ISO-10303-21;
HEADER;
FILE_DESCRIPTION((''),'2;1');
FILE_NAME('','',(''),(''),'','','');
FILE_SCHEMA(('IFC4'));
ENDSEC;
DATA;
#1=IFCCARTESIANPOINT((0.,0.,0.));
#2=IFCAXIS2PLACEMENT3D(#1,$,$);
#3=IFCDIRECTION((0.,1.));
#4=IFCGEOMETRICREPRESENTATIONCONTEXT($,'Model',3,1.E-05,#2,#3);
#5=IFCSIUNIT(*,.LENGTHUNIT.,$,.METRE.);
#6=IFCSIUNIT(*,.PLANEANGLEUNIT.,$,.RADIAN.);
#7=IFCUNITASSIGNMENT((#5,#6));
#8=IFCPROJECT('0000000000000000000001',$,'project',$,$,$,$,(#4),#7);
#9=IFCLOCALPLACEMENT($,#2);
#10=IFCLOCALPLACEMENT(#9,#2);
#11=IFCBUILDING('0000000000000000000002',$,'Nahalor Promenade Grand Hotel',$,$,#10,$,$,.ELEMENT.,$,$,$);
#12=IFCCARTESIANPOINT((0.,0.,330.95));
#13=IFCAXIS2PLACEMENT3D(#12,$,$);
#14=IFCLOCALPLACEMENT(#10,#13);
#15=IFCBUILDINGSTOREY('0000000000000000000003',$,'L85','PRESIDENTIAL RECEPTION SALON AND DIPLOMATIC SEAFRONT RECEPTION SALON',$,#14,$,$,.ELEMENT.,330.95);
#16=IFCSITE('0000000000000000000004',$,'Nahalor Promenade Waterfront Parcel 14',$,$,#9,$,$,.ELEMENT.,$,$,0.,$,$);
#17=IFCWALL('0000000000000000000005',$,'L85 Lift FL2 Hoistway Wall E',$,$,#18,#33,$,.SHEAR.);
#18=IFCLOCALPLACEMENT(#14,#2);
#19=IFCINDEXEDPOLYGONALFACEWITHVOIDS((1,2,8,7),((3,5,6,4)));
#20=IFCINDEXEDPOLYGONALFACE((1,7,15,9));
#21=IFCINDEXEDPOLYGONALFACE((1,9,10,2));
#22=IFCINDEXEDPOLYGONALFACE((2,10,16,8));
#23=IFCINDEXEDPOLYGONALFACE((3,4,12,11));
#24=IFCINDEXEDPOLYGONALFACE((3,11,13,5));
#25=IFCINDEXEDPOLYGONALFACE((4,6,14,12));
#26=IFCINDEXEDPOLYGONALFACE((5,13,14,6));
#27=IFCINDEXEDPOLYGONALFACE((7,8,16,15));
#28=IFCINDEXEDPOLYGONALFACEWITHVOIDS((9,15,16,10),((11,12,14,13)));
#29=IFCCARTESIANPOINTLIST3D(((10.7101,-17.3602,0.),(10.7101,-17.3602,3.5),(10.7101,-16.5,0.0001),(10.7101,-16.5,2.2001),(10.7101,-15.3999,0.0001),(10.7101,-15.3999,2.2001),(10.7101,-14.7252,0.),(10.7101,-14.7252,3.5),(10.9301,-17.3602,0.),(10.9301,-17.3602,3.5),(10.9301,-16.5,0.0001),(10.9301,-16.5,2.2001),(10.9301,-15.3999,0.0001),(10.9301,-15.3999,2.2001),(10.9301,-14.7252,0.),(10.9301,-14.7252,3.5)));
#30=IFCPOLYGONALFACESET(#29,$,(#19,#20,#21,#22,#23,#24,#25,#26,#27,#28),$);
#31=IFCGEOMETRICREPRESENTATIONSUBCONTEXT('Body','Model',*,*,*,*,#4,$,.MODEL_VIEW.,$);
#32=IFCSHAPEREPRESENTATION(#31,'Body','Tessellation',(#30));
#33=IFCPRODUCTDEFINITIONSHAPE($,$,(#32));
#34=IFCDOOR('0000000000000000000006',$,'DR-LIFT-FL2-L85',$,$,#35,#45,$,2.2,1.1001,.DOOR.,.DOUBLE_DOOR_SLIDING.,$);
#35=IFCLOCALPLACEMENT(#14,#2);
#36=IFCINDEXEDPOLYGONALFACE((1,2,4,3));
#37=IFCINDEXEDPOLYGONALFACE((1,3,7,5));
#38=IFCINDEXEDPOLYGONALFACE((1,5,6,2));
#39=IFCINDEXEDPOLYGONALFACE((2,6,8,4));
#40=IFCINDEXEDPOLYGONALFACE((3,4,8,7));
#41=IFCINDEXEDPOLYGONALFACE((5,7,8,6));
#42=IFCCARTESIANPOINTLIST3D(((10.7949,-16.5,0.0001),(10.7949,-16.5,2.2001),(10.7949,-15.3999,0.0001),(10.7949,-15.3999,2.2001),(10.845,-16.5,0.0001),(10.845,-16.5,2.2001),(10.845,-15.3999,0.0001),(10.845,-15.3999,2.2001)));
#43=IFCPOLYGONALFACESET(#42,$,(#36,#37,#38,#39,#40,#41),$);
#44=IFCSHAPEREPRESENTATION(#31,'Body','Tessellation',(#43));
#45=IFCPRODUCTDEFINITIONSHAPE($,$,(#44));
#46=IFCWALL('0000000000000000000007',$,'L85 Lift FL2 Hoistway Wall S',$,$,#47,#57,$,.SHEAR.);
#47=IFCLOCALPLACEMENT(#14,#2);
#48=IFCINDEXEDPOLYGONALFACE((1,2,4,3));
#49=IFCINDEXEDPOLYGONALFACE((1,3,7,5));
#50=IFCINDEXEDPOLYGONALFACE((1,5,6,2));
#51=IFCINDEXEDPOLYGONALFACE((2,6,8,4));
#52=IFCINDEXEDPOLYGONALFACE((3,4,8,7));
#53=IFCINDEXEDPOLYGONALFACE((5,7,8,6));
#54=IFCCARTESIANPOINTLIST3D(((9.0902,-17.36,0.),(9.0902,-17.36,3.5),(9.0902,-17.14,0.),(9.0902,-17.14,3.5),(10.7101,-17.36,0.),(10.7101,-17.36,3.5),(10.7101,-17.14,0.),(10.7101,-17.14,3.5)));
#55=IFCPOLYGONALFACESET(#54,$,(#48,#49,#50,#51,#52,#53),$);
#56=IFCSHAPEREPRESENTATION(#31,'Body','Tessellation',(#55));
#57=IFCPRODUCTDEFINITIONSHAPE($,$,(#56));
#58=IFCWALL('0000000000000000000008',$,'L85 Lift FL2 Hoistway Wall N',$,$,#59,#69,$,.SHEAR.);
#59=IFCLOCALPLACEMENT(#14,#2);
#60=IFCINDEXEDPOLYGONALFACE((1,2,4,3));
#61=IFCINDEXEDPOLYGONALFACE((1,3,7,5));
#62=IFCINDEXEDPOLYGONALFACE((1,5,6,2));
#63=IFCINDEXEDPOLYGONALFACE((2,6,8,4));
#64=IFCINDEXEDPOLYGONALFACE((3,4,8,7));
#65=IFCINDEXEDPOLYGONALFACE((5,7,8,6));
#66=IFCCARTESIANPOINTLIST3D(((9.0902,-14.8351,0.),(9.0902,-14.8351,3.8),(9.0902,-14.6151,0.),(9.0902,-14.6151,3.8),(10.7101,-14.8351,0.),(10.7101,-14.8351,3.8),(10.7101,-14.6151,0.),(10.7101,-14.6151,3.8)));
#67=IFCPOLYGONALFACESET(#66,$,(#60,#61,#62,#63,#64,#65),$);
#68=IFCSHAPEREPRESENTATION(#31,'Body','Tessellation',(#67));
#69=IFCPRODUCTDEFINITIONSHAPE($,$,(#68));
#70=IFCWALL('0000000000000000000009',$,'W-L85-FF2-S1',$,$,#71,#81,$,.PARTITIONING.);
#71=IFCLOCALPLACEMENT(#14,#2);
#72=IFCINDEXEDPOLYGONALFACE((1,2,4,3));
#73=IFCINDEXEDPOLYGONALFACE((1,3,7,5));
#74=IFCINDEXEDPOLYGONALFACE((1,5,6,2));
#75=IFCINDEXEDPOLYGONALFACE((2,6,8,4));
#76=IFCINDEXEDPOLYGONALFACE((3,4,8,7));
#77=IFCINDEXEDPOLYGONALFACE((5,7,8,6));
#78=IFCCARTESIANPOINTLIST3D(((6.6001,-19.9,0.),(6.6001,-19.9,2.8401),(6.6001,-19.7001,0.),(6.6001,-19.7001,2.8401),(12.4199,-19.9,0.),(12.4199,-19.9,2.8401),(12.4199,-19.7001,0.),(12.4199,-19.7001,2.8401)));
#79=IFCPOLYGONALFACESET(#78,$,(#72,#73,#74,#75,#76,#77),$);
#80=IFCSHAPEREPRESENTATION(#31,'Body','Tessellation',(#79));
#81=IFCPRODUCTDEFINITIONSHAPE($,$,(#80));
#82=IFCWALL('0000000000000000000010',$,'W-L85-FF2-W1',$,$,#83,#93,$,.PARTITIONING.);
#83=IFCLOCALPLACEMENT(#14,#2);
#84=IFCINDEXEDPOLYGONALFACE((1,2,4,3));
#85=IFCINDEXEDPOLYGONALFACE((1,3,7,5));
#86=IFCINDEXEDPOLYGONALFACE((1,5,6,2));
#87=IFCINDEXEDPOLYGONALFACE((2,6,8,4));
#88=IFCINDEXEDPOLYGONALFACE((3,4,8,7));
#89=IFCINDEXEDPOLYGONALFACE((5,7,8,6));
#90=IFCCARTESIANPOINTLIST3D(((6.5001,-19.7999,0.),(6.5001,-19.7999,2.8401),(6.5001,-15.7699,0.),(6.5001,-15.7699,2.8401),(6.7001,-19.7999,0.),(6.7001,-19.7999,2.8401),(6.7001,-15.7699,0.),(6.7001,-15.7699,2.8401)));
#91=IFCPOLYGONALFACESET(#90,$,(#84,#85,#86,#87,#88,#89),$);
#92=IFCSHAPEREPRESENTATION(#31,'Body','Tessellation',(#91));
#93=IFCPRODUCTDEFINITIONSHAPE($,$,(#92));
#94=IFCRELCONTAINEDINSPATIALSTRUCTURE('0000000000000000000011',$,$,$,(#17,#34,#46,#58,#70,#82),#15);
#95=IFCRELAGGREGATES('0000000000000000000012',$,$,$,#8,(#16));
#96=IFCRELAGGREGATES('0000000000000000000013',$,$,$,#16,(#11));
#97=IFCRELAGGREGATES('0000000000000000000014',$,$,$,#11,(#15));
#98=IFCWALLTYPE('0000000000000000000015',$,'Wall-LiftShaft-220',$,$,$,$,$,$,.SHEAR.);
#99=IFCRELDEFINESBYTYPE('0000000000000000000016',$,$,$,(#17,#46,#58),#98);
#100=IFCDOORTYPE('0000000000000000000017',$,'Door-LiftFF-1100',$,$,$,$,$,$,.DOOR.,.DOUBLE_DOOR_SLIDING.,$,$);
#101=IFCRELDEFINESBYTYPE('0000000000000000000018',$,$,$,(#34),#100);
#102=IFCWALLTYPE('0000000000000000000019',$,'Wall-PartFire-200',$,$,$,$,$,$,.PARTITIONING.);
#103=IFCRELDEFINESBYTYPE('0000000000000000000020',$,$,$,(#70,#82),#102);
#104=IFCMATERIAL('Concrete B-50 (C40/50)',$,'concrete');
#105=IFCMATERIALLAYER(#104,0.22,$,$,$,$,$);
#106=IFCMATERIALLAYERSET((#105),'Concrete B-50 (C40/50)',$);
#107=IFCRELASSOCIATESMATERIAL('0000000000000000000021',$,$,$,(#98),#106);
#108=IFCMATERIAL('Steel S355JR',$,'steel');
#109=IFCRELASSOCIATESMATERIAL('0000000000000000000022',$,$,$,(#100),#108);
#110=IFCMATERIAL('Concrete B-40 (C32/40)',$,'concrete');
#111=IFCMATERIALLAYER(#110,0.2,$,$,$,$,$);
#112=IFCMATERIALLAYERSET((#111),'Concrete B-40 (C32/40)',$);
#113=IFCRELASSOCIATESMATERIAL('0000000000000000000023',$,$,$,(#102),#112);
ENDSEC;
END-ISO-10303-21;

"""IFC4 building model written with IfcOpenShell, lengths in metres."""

from ifc_helpers import new_model, si_unit, direction, frame, frame_2d, origin, place, context, subcontext, project, spatial, rectangle, extrude, source, transform, mapped, material, layer, layer_set, type_object, element, fill, save


model = new_model("IFC4")

# Units and contexts
model_context = context("Model", 3, precision=1e-05, world=origin(), true_north=direction((0.0, 1.0)))
body_context = subcontext(model_context, "Body", "Model", "MODEL_VIEW")
ifc_project = project(units=[si_unit("LENGTHUNIT", "METRE"), si_unit("PLANEANGLEUNIT", "RADIAN")], contexts=[model_context])

# Site, building, storey
site_placement = place(None, origin())
site = spatial("IfcSite", under=ifc_project, at=site_placement, Name="Nahalor Promenade Waterfront Parcel 14", CompositionType="ELEMENT", RefElevation=0.0)
building_placement = place(site_placement, origin())
building = spatial("IfcBuilding", under=site, at=building_placement, Name="Nahalor Promenade Grand Hotel", CompositionType="ELEMENT")
storey_placement = place(building_placement, frame((0.0, 0.0, 330.95)))
storey = spatial("IfcBuildingStorey", under=building, at=storey_placement, Name="L85", Description="PRESIDENTIAL RECEPTION SALON AND DIPLOMATIC SEAFRONT RECEPTION SALON", CompositionType="ELEMENT", Elevation=330.95)

# Shared definitions
ifc_material_1 = material(Name="Concrete B-50 (C40/50)", Category="concrete")
ifc_material_2 = material(Name="Steel S355JR", Category="steel")

# Shared definitions
ifc_layer_1 = layer(ifc_material_1, 0.22)
ifc_layer_set_1 = layer_set([ifc_layer_1], Name="Concrete B-50 (C40/50)")
wall_type_1 = type_object("IfcWallType", Name="Wall-LiftShaft-220", PredefinedType="SHEAR", material=ifc_layer_set_1)

# Shared definitions
shared_shape_1 = source(origin(), body_context, "Body", "SweptSolid", [
    extrude(rectangle(XDim=2.635, YDim=0.22, at=frame_2d((1.3174, 0.0))), origin(), (0.0, 0.0, 1.0), 3.5),
])

# Wall, opening, door
wall_1_placement = place(storey_placement, frame((10.8201, -17.3601, 0.0), z_axis=(0.0, 0.0, 1.0), x_axis=(0.0, 1.0, 0.0)))
wall_1 = element("IfcWall", 1, at=wall_1_placement, inside=storey, type_object=wall_type_1, Name="L85 Lift FL2 Hoistway Wall E", PredefinedType="SHEAR", context=body_context, shape_type="MappedRepresentation", body=[
    mapped(shared_shape_1, transform((0.0, 0.0, 0.0), scale=1.0)),
])
opening_1_placement = place(wall_1_placement, frame((0.8601, 0.0, 0.0)))
opening_1 = element("IfcOpeningElement", 2, at=opening_1_placement, cuts=wall_1, PredefinedType="OPENING", context=body_context, shape_type="SweptSolid", body=[
    extrude(rectangle(XDim=1.1001, YDim=2.2, at=frame_2d((0.55, 1.1001))), frame((0.0, 0.1199, 0.0), z_axis=(0.0, -1.0, 0.0), x_axis=(1.0, 0.0, 0.0)), (0.0, 0.0, 1.0), 0.24),
])
door_type_1 = type_object("IfcDoorType", Name="Door-LiftFF-1100", OperationType="DOUBLE_DOOR_SLIDING", PredefinedType="DOOR", material=ifc_material_2)
shared_shape_2 = source(origin(), body_context, "Body", "SweptSolid", [
    extrude(rectangle(XDim=1.1001, YDim=2.2, at=frame_2d((0.55, 1.1001))), frame((0.0, 0.0249, 0.0), z_axis=(0.0, -1.0, 0.0), x_axis=(1.0, 0.0, 0.0)), (0.0, 0.0, 1.0), 0.05),
])
door_1_placement = place(opening_1_placement, frame((1.1001, 0.0, 0.0), z_axis=(0.0, 0.0, 1.0), x_axis=(-1.0, 0.0, 0.0)))
door_1 = element("IfcDoor", 3, at=door_1_placement, inside=storey, type_object=door_type_1, Name="DR-LIFT-FL2-L85", OperationType="DOUBLE_DOOR_SLIDING", OverallHeight=2.2, OverallWidth=1.1001, PredefinedType="DOOR", context=body_context, shape_type="MappedRepresentation", body=[
    mapped(shared_shape_2, transform((0.0, 0.0, 0.0), scale=1.0)),
])
fill(opening_1, door_1)

# Walls
shared_shape_3 = source(origin(), body_context, "Body", "SweptSolid", [
    extrude(rectangle(XDim=1.6199, YDim=0.22, at=frame_2d((0.8101, 0.0))), origin(), (0.0, 0.0, 1.0), 3.5),
])
wall_2_placement = place(storey_placement, frame((9.0901, -17.25, 0.0), z_axis=(0.0, 0.0, 1.0), x_axis=(1.0, 0.0, 0.0)))
element("IfcWall", 4, at=wall_2_placement, inside=storey, type_object=wall_type_1, Name="L85 Lift FL2 Hoistway Wall S", PredefinedType="SHEAR", context=body_context, shape_type="MappedRepresentation", body=[
    mapped(shared_shape_3, transform((0.0, 0.0, 0.0), scale=1.0)),
])
shared_shape_4 = source(origin(), body_context, "Body", "SweptSolid", [
    extrude(rectangle(XDim=1.6199, YDim=0.22, at=frame_2d((0.8101, 0.0))), origin(), (0.0, 0.0, 1.0), 3.8),
])
wall_3_placement = place(storey_placement, frame((9.0901, -14.7251, 0.0), z_axis=(0.0, 0.0, 1.0), x_axis=(1.0, 0.0, 0.0)))
element("IfcWall", 5, at=wall_3_placement, inside=storey, type_object=wall_type_1, Name="L85 Lift FL2 Hoistway Wall N", PredefinedType="SHEAR", context=body_context, shape_type="MappedRepresentation", body=[
    mapped(shared_shape_4, transform((0.0, 0.0, 0.0), scale=1.0)),
])
ifc_material_3 = material(Name="Concrete B-40 (C32/40)", Category="concrete")
ifc_layer_2 = layer(ifc_material_3, 0.2)
ifc_layer_set_2 = layer_set([ifc_layer_2], Name="Concrete B-40 (C32/40)")
wall_type_2 = type_object("IfcWallType", Name="Wall-PartFire-200", PredefinedType="PARTITIONING", material=ifc_layer_set_2)
shared_shape_5 = source(origin(), body_context, "Body", "SweptSolid", [
    extrude(rectangle(XDim=5.8198, YDim=0.2, at=frame_2d((2.9099, 0.0))), origin(), (0.0, 0.0, 1.0), 2.8401),
])
wall_4_placement = place(storey_placement, frame((6.6001, -19.8, 0.0), z_axis=(0.0, 0.0, 1.0), x_axis=(1.0, 0.0, 0.0)))
element("IfcWall", 6, at=wall_4_placement, inside=storey, type_object=wall_type_2, Name="W-L85-FF2-S1", PredefinedType="PARTITIONING", context=body_context, shape_type="MappedRepresentation", body=[
    mapped(shared_shape_5, transform((0.0, 0.0, 0.0), scale=1.0)),
])
shared_shape_6 = source(origin(), body_context, "Body", "SweptSolid", [
    extrude(rectangle(XDim=4.03, YDim=0.2, at=frame_2d((2.0151, 0.0))), origin(), (0.0, 0.0, 1.0), 2.8401),
])
wall_5_placement = place(storey_placement, frame((6.6001, -19.8, 0.0), z_axis=(0.0, 0.0, 1.0), x_axis=(0.0, 1.0, 0.0)))
element("IfcWall", 7, at=wall_5_placement, inside=storey, type_object=wall_type_2, Name="W-L85-FF2-W1", PredefinedType="PARTITIONING", context=body_context, shape_type="MappedRepresentation", body=[
    mapped(shared_shape_6, transform((0.0, 0.0, 0.0), scale=1.0)),
])

save(model, "model.ifc")
